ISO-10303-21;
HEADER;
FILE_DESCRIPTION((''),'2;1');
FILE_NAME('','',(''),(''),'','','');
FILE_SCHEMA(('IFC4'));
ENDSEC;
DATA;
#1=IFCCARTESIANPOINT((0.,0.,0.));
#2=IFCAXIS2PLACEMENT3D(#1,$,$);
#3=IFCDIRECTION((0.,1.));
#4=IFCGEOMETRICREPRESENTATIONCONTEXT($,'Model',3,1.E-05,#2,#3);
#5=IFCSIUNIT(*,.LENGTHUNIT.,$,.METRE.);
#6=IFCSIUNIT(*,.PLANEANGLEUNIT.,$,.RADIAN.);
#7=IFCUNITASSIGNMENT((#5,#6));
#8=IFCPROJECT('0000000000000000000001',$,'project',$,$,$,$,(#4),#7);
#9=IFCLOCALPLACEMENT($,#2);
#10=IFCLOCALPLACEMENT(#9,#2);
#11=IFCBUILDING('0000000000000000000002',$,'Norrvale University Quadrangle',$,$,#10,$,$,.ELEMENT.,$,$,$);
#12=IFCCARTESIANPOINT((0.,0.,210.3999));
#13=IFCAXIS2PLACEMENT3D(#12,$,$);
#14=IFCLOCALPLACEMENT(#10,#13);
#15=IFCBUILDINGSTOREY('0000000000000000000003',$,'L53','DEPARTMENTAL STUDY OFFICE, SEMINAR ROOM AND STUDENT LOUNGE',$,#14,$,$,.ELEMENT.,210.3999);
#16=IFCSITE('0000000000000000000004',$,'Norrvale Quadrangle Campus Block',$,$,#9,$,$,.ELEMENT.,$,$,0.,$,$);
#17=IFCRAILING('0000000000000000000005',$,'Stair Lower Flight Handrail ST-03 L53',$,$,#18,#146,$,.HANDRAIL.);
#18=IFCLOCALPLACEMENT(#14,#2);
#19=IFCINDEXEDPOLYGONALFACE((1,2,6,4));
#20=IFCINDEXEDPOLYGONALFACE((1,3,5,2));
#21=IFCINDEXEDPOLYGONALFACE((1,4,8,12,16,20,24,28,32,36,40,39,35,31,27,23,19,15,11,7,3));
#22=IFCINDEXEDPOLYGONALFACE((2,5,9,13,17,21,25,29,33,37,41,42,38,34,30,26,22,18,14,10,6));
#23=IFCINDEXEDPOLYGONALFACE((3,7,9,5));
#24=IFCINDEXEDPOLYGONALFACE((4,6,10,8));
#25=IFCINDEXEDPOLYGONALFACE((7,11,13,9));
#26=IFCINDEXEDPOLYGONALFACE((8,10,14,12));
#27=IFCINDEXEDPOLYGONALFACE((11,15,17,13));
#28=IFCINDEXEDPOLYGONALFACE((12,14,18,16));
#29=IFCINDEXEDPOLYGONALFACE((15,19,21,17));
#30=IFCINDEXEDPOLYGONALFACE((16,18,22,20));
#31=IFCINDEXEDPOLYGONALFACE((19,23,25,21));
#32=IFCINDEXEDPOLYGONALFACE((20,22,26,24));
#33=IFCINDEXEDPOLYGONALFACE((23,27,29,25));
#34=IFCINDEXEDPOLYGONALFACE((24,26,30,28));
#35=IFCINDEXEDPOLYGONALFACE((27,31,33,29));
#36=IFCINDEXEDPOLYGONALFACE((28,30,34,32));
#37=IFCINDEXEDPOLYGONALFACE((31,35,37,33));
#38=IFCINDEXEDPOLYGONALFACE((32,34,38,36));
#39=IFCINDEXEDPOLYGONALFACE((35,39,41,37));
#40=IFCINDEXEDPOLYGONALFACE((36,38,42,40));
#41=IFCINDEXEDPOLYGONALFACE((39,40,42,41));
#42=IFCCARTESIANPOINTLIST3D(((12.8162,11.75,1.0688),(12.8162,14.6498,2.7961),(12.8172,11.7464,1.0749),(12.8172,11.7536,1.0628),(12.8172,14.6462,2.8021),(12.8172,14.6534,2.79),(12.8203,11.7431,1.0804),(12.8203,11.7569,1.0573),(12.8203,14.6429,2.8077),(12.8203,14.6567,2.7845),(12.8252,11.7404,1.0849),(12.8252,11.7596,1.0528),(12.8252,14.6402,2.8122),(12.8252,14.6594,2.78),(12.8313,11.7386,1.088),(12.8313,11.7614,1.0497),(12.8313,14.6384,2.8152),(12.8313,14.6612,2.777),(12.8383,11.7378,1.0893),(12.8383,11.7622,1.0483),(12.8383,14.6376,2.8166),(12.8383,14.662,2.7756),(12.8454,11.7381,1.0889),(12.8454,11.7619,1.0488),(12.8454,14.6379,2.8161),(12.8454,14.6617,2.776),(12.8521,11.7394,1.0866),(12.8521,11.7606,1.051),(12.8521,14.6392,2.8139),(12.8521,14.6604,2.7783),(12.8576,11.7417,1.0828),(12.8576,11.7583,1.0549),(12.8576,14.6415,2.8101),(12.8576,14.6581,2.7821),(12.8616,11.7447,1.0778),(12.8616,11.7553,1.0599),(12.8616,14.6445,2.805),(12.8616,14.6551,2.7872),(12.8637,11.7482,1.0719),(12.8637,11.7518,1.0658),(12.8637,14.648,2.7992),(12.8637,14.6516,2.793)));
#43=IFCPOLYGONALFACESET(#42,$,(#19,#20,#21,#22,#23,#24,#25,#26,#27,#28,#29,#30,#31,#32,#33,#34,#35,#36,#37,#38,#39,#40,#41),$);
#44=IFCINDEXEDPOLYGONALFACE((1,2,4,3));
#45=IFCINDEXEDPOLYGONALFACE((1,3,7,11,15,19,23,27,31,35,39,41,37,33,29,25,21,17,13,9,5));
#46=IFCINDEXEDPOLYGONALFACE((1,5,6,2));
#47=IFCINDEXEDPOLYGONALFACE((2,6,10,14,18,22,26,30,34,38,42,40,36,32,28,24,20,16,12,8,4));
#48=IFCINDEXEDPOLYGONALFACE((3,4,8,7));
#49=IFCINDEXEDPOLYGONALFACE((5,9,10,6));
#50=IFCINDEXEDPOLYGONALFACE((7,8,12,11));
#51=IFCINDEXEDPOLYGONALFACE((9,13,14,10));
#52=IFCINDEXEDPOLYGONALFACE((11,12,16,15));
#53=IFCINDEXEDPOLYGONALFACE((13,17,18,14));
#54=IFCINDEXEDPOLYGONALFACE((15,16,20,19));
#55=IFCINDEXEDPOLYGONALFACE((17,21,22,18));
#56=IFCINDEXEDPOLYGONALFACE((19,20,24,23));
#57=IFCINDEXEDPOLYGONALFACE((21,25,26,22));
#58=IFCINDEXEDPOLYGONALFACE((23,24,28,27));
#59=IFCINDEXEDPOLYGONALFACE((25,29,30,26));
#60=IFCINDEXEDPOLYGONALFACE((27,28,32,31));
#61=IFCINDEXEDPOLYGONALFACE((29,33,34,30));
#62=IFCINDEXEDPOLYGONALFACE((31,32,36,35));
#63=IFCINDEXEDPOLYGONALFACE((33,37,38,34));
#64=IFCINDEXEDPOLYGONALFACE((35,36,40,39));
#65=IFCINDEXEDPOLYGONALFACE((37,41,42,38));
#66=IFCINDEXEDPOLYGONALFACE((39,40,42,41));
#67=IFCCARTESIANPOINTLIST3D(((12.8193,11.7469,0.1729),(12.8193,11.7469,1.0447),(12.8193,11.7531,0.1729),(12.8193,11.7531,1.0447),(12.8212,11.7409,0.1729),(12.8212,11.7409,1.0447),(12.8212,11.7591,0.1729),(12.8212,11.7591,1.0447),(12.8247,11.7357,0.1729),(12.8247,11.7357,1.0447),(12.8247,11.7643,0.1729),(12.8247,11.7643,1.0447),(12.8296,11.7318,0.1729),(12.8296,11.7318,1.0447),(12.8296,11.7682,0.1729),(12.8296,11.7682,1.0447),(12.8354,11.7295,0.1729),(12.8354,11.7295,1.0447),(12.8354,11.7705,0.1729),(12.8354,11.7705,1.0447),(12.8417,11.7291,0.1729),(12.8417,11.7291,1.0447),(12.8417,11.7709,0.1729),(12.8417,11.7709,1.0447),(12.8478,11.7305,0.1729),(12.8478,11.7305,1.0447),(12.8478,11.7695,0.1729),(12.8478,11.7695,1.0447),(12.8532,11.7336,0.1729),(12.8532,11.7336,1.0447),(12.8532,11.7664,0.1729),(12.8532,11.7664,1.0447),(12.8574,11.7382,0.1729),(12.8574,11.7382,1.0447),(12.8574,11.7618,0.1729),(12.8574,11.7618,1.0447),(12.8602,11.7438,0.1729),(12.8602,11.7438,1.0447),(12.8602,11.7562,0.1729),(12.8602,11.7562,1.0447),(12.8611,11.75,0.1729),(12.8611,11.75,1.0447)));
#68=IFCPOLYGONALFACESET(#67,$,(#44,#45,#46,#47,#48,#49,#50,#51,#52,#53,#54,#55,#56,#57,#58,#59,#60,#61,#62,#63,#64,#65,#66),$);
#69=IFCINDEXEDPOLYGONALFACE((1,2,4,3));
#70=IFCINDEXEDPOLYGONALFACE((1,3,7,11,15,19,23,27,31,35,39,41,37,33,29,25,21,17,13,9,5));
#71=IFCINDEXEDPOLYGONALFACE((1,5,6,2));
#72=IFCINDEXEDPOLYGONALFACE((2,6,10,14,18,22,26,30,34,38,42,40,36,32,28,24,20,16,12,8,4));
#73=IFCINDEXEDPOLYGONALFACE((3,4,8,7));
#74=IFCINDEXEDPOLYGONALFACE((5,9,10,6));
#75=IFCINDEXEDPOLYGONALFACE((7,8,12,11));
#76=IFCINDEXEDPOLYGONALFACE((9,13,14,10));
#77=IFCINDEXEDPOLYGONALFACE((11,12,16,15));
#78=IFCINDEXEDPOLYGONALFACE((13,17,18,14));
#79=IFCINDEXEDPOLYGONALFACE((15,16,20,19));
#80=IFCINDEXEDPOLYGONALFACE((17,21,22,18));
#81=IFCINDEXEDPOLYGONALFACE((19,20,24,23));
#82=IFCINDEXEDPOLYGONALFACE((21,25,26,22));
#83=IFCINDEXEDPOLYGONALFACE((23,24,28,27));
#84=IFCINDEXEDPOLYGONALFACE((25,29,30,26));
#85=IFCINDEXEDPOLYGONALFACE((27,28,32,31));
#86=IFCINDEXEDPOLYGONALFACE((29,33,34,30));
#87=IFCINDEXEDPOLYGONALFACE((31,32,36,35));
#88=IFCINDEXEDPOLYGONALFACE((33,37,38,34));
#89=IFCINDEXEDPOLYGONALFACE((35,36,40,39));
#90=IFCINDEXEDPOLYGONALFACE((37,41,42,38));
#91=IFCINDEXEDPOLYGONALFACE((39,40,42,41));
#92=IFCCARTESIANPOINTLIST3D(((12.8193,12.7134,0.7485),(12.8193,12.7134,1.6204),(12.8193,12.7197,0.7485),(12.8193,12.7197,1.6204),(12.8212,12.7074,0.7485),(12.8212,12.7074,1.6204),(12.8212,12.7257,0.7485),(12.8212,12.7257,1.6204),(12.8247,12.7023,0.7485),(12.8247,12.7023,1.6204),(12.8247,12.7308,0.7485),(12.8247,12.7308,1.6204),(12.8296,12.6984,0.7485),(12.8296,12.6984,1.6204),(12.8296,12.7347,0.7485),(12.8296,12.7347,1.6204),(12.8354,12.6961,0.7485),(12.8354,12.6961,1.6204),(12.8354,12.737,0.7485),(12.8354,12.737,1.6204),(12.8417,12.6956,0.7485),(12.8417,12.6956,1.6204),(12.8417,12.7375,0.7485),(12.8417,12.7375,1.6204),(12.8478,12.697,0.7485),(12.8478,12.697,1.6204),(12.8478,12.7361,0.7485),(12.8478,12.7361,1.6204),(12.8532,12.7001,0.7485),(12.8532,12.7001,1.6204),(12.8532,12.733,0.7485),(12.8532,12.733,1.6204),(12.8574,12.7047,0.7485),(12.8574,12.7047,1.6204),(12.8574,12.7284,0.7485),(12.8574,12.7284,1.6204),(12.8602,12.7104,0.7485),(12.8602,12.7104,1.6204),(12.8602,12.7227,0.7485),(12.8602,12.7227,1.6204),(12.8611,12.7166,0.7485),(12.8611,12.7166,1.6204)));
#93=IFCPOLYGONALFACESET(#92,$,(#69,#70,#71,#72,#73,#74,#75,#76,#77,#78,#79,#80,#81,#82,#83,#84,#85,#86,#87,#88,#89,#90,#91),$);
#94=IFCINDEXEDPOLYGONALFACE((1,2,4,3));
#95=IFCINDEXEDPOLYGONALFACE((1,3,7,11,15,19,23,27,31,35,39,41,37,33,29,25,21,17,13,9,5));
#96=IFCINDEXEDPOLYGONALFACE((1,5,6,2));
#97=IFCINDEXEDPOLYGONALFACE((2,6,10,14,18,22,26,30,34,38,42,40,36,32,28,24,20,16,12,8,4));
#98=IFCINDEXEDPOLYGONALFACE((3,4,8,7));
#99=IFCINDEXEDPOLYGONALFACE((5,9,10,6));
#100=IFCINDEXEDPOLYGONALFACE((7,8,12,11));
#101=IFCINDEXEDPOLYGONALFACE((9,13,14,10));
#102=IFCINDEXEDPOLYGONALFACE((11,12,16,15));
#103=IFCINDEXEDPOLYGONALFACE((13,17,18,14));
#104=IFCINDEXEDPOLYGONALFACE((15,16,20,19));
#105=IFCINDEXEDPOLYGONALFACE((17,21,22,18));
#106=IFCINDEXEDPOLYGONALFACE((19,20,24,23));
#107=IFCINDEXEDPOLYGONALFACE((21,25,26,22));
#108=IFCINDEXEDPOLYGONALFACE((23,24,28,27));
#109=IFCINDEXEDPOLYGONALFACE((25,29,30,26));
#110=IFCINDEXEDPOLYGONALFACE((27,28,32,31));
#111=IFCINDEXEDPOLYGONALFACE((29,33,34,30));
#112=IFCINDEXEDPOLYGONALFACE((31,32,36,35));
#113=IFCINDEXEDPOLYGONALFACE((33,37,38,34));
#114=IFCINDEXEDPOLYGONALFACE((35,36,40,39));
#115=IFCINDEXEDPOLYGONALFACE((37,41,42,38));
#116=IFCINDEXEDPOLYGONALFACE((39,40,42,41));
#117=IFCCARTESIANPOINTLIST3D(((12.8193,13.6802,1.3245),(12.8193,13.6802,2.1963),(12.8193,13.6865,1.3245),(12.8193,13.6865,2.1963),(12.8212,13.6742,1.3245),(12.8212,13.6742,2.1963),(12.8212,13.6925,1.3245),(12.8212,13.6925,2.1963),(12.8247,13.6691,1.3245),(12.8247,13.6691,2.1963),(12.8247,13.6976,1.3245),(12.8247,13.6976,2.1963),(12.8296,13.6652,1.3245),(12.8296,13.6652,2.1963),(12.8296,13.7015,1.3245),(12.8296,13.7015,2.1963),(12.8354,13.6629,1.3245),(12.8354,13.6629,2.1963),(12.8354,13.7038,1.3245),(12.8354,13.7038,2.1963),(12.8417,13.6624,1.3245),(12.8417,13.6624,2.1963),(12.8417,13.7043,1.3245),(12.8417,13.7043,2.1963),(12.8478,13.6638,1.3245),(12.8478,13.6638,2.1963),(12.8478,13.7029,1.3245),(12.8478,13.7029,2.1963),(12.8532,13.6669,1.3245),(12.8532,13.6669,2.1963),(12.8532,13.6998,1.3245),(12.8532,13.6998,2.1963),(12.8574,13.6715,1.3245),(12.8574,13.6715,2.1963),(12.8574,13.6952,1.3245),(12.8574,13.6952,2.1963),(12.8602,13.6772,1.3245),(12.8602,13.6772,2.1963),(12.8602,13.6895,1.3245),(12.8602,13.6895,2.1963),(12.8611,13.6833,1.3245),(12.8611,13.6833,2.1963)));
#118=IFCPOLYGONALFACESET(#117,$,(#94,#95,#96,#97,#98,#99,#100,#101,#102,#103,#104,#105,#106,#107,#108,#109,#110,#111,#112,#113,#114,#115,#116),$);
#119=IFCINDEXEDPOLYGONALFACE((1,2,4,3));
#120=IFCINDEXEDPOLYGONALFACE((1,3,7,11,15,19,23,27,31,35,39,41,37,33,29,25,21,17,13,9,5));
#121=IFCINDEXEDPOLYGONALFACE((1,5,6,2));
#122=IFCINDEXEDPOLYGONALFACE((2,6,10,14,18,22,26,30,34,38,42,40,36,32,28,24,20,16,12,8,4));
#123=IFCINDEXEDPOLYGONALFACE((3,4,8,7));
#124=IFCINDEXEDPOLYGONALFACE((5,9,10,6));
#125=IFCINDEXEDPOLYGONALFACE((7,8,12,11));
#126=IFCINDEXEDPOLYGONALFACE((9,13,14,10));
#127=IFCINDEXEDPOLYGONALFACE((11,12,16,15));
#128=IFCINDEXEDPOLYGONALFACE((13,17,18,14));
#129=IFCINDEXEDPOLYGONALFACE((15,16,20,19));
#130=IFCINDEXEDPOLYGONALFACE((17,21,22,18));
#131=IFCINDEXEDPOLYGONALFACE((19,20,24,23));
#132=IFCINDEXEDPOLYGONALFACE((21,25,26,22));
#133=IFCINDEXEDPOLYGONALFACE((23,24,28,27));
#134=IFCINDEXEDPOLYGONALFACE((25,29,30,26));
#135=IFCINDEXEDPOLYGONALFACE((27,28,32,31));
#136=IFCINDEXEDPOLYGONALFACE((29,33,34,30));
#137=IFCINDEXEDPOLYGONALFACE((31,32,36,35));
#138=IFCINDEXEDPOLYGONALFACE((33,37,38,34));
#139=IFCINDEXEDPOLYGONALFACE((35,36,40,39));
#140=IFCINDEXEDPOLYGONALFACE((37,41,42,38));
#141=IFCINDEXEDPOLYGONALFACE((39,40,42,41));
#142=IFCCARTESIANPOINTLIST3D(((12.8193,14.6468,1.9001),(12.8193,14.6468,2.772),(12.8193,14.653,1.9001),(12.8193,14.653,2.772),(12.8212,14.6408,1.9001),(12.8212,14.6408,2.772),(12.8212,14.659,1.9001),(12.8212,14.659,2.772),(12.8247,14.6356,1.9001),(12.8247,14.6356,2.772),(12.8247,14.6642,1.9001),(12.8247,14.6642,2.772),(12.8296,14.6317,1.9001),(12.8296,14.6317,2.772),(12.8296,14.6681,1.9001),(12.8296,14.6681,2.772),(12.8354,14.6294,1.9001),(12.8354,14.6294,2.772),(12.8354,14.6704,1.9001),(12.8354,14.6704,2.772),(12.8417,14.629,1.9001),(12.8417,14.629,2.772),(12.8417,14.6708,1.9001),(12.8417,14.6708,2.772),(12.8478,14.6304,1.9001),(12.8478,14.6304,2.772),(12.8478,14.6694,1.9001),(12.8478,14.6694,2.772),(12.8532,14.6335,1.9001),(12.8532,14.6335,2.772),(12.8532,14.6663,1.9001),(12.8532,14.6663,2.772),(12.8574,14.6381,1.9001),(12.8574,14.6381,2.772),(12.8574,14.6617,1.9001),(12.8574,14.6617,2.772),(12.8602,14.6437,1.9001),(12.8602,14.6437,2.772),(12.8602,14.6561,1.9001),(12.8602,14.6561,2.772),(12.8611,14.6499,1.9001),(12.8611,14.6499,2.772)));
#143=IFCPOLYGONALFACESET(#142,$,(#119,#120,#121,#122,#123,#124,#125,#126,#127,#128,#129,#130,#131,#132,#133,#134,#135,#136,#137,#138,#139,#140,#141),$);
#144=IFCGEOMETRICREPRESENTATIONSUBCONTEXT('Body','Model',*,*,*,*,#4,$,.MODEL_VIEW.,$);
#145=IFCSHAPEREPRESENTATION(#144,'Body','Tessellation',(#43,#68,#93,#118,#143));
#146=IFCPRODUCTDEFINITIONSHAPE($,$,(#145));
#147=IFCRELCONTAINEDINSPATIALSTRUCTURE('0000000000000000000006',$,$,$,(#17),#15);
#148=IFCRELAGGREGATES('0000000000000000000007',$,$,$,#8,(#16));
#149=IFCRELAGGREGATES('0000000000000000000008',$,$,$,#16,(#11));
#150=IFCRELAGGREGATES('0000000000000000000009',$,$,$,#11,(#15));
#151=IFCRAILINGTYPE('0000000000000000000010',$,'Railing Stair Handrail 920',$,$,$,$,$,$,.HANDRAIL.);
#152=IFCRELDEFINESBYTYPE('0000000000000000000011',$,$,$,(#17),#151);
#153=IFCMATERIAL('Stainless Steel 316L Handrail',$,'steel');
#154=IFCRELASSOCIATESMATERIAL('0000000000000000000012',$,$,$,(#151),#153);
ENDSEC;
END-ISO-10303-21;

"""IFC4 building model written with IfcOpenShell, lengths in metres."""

from ifc_helpers import new_model, si_unit, direction, frame, origin, origin_2d, place, context, subcontext, project, spatial, circle, extrude, material, type_object, element, save


model = new_model("IFC4")

# Units and contexts
model_context = context("Model", 3, precision=1e-05, world=origin(), true_north=direction((0.0, 1.0)))
body_context = subcontext(model_context, "Body", "Model", "MODEL_VIEW")
ifc_project = project(units=[si_unit("LENGTHUNIT", "METRE"), si_unit("PLANEANGLEUNIT", "RADIAN")], contexts=[model_context])

# Site, building, storey
site_placement = place(None, origin())
site = spatial("IfcSite", under=ifc_project, at=site_placement, Name="Norrvale Quadrangle Campus Block", CompositionType="ELEMENT", RefElevation=0.0)
building_placement = place(site_placement, origin())
building = spatial("IfcBuilding", under=site, at=building_placement, Name="Norrvale University Quadrangle", CompositionType="ELEMENT")
storey_placement = place(building_placement, frame((0.0, 0.0, 210.3999)))
storey = spatial("IfcBuildingStorey", under=building, at=storey_placement, Name="L53", Description="DEPARTMENTAL STUDY OFFICE, SEMINAR ROOM AND STUDENT LOUNGE", CompositionType="ELEMENT", Elevation=210.3999)

# Railing
ifc_material_1 = material(Name="Stainless Steel 316L Handrail", Category="steel")
railing_type_1 = type_object("IfcRailingType", Name="Railing Stair Handrail 920", PredefinedType="HANDRAIL", material=ifc_material_1)
railing_1_placement = place(storey_placement, frame((12.8401, 11.75, 0.1729)))
element("IfcRailing", 1, at=railing_1_placement, inside=storey, type_object=railing_type_1, Name="Stair Lower Flight Handrail ST-03 L53", PredefinedType="HANDRAIL", context=body_context, shape_type="SweptSolid", body=[
    extrude(circle(Radius=0.0239, at=origin_2d()), frame((0.0, 0.0, 0.896), z_axis=(0.0, 0.859141, 0.511738), x_axis=(-1.0, 0.0, 0.0)), (0.0, 0.0, 1.0), 3.3752),
    extrude(circle(Radius=0.021, at=origin_2d()), origin(), (0.0, 0.0, 1.0), 0.8718),
    extrude(circle(Radius=0.021, at=origin_2d()), frame((0.0, 0.9666, 0.5757)), (0.0, 0.0, 1.0), 0.8718),
    extrude(circle(Radius=0.021, at=origin_2d()), frame((0.0, 1.9333, 1.1516)), (0.0, 0.0, 1.0), 0.8718),
    extrude(circle(Radius=0.021, at=origin_2d()), frame((0.0, 2.8999, 1.7273)), (0.0, 0.0, 1.0), 0.8718),
])

save(model, "model.ifc")
